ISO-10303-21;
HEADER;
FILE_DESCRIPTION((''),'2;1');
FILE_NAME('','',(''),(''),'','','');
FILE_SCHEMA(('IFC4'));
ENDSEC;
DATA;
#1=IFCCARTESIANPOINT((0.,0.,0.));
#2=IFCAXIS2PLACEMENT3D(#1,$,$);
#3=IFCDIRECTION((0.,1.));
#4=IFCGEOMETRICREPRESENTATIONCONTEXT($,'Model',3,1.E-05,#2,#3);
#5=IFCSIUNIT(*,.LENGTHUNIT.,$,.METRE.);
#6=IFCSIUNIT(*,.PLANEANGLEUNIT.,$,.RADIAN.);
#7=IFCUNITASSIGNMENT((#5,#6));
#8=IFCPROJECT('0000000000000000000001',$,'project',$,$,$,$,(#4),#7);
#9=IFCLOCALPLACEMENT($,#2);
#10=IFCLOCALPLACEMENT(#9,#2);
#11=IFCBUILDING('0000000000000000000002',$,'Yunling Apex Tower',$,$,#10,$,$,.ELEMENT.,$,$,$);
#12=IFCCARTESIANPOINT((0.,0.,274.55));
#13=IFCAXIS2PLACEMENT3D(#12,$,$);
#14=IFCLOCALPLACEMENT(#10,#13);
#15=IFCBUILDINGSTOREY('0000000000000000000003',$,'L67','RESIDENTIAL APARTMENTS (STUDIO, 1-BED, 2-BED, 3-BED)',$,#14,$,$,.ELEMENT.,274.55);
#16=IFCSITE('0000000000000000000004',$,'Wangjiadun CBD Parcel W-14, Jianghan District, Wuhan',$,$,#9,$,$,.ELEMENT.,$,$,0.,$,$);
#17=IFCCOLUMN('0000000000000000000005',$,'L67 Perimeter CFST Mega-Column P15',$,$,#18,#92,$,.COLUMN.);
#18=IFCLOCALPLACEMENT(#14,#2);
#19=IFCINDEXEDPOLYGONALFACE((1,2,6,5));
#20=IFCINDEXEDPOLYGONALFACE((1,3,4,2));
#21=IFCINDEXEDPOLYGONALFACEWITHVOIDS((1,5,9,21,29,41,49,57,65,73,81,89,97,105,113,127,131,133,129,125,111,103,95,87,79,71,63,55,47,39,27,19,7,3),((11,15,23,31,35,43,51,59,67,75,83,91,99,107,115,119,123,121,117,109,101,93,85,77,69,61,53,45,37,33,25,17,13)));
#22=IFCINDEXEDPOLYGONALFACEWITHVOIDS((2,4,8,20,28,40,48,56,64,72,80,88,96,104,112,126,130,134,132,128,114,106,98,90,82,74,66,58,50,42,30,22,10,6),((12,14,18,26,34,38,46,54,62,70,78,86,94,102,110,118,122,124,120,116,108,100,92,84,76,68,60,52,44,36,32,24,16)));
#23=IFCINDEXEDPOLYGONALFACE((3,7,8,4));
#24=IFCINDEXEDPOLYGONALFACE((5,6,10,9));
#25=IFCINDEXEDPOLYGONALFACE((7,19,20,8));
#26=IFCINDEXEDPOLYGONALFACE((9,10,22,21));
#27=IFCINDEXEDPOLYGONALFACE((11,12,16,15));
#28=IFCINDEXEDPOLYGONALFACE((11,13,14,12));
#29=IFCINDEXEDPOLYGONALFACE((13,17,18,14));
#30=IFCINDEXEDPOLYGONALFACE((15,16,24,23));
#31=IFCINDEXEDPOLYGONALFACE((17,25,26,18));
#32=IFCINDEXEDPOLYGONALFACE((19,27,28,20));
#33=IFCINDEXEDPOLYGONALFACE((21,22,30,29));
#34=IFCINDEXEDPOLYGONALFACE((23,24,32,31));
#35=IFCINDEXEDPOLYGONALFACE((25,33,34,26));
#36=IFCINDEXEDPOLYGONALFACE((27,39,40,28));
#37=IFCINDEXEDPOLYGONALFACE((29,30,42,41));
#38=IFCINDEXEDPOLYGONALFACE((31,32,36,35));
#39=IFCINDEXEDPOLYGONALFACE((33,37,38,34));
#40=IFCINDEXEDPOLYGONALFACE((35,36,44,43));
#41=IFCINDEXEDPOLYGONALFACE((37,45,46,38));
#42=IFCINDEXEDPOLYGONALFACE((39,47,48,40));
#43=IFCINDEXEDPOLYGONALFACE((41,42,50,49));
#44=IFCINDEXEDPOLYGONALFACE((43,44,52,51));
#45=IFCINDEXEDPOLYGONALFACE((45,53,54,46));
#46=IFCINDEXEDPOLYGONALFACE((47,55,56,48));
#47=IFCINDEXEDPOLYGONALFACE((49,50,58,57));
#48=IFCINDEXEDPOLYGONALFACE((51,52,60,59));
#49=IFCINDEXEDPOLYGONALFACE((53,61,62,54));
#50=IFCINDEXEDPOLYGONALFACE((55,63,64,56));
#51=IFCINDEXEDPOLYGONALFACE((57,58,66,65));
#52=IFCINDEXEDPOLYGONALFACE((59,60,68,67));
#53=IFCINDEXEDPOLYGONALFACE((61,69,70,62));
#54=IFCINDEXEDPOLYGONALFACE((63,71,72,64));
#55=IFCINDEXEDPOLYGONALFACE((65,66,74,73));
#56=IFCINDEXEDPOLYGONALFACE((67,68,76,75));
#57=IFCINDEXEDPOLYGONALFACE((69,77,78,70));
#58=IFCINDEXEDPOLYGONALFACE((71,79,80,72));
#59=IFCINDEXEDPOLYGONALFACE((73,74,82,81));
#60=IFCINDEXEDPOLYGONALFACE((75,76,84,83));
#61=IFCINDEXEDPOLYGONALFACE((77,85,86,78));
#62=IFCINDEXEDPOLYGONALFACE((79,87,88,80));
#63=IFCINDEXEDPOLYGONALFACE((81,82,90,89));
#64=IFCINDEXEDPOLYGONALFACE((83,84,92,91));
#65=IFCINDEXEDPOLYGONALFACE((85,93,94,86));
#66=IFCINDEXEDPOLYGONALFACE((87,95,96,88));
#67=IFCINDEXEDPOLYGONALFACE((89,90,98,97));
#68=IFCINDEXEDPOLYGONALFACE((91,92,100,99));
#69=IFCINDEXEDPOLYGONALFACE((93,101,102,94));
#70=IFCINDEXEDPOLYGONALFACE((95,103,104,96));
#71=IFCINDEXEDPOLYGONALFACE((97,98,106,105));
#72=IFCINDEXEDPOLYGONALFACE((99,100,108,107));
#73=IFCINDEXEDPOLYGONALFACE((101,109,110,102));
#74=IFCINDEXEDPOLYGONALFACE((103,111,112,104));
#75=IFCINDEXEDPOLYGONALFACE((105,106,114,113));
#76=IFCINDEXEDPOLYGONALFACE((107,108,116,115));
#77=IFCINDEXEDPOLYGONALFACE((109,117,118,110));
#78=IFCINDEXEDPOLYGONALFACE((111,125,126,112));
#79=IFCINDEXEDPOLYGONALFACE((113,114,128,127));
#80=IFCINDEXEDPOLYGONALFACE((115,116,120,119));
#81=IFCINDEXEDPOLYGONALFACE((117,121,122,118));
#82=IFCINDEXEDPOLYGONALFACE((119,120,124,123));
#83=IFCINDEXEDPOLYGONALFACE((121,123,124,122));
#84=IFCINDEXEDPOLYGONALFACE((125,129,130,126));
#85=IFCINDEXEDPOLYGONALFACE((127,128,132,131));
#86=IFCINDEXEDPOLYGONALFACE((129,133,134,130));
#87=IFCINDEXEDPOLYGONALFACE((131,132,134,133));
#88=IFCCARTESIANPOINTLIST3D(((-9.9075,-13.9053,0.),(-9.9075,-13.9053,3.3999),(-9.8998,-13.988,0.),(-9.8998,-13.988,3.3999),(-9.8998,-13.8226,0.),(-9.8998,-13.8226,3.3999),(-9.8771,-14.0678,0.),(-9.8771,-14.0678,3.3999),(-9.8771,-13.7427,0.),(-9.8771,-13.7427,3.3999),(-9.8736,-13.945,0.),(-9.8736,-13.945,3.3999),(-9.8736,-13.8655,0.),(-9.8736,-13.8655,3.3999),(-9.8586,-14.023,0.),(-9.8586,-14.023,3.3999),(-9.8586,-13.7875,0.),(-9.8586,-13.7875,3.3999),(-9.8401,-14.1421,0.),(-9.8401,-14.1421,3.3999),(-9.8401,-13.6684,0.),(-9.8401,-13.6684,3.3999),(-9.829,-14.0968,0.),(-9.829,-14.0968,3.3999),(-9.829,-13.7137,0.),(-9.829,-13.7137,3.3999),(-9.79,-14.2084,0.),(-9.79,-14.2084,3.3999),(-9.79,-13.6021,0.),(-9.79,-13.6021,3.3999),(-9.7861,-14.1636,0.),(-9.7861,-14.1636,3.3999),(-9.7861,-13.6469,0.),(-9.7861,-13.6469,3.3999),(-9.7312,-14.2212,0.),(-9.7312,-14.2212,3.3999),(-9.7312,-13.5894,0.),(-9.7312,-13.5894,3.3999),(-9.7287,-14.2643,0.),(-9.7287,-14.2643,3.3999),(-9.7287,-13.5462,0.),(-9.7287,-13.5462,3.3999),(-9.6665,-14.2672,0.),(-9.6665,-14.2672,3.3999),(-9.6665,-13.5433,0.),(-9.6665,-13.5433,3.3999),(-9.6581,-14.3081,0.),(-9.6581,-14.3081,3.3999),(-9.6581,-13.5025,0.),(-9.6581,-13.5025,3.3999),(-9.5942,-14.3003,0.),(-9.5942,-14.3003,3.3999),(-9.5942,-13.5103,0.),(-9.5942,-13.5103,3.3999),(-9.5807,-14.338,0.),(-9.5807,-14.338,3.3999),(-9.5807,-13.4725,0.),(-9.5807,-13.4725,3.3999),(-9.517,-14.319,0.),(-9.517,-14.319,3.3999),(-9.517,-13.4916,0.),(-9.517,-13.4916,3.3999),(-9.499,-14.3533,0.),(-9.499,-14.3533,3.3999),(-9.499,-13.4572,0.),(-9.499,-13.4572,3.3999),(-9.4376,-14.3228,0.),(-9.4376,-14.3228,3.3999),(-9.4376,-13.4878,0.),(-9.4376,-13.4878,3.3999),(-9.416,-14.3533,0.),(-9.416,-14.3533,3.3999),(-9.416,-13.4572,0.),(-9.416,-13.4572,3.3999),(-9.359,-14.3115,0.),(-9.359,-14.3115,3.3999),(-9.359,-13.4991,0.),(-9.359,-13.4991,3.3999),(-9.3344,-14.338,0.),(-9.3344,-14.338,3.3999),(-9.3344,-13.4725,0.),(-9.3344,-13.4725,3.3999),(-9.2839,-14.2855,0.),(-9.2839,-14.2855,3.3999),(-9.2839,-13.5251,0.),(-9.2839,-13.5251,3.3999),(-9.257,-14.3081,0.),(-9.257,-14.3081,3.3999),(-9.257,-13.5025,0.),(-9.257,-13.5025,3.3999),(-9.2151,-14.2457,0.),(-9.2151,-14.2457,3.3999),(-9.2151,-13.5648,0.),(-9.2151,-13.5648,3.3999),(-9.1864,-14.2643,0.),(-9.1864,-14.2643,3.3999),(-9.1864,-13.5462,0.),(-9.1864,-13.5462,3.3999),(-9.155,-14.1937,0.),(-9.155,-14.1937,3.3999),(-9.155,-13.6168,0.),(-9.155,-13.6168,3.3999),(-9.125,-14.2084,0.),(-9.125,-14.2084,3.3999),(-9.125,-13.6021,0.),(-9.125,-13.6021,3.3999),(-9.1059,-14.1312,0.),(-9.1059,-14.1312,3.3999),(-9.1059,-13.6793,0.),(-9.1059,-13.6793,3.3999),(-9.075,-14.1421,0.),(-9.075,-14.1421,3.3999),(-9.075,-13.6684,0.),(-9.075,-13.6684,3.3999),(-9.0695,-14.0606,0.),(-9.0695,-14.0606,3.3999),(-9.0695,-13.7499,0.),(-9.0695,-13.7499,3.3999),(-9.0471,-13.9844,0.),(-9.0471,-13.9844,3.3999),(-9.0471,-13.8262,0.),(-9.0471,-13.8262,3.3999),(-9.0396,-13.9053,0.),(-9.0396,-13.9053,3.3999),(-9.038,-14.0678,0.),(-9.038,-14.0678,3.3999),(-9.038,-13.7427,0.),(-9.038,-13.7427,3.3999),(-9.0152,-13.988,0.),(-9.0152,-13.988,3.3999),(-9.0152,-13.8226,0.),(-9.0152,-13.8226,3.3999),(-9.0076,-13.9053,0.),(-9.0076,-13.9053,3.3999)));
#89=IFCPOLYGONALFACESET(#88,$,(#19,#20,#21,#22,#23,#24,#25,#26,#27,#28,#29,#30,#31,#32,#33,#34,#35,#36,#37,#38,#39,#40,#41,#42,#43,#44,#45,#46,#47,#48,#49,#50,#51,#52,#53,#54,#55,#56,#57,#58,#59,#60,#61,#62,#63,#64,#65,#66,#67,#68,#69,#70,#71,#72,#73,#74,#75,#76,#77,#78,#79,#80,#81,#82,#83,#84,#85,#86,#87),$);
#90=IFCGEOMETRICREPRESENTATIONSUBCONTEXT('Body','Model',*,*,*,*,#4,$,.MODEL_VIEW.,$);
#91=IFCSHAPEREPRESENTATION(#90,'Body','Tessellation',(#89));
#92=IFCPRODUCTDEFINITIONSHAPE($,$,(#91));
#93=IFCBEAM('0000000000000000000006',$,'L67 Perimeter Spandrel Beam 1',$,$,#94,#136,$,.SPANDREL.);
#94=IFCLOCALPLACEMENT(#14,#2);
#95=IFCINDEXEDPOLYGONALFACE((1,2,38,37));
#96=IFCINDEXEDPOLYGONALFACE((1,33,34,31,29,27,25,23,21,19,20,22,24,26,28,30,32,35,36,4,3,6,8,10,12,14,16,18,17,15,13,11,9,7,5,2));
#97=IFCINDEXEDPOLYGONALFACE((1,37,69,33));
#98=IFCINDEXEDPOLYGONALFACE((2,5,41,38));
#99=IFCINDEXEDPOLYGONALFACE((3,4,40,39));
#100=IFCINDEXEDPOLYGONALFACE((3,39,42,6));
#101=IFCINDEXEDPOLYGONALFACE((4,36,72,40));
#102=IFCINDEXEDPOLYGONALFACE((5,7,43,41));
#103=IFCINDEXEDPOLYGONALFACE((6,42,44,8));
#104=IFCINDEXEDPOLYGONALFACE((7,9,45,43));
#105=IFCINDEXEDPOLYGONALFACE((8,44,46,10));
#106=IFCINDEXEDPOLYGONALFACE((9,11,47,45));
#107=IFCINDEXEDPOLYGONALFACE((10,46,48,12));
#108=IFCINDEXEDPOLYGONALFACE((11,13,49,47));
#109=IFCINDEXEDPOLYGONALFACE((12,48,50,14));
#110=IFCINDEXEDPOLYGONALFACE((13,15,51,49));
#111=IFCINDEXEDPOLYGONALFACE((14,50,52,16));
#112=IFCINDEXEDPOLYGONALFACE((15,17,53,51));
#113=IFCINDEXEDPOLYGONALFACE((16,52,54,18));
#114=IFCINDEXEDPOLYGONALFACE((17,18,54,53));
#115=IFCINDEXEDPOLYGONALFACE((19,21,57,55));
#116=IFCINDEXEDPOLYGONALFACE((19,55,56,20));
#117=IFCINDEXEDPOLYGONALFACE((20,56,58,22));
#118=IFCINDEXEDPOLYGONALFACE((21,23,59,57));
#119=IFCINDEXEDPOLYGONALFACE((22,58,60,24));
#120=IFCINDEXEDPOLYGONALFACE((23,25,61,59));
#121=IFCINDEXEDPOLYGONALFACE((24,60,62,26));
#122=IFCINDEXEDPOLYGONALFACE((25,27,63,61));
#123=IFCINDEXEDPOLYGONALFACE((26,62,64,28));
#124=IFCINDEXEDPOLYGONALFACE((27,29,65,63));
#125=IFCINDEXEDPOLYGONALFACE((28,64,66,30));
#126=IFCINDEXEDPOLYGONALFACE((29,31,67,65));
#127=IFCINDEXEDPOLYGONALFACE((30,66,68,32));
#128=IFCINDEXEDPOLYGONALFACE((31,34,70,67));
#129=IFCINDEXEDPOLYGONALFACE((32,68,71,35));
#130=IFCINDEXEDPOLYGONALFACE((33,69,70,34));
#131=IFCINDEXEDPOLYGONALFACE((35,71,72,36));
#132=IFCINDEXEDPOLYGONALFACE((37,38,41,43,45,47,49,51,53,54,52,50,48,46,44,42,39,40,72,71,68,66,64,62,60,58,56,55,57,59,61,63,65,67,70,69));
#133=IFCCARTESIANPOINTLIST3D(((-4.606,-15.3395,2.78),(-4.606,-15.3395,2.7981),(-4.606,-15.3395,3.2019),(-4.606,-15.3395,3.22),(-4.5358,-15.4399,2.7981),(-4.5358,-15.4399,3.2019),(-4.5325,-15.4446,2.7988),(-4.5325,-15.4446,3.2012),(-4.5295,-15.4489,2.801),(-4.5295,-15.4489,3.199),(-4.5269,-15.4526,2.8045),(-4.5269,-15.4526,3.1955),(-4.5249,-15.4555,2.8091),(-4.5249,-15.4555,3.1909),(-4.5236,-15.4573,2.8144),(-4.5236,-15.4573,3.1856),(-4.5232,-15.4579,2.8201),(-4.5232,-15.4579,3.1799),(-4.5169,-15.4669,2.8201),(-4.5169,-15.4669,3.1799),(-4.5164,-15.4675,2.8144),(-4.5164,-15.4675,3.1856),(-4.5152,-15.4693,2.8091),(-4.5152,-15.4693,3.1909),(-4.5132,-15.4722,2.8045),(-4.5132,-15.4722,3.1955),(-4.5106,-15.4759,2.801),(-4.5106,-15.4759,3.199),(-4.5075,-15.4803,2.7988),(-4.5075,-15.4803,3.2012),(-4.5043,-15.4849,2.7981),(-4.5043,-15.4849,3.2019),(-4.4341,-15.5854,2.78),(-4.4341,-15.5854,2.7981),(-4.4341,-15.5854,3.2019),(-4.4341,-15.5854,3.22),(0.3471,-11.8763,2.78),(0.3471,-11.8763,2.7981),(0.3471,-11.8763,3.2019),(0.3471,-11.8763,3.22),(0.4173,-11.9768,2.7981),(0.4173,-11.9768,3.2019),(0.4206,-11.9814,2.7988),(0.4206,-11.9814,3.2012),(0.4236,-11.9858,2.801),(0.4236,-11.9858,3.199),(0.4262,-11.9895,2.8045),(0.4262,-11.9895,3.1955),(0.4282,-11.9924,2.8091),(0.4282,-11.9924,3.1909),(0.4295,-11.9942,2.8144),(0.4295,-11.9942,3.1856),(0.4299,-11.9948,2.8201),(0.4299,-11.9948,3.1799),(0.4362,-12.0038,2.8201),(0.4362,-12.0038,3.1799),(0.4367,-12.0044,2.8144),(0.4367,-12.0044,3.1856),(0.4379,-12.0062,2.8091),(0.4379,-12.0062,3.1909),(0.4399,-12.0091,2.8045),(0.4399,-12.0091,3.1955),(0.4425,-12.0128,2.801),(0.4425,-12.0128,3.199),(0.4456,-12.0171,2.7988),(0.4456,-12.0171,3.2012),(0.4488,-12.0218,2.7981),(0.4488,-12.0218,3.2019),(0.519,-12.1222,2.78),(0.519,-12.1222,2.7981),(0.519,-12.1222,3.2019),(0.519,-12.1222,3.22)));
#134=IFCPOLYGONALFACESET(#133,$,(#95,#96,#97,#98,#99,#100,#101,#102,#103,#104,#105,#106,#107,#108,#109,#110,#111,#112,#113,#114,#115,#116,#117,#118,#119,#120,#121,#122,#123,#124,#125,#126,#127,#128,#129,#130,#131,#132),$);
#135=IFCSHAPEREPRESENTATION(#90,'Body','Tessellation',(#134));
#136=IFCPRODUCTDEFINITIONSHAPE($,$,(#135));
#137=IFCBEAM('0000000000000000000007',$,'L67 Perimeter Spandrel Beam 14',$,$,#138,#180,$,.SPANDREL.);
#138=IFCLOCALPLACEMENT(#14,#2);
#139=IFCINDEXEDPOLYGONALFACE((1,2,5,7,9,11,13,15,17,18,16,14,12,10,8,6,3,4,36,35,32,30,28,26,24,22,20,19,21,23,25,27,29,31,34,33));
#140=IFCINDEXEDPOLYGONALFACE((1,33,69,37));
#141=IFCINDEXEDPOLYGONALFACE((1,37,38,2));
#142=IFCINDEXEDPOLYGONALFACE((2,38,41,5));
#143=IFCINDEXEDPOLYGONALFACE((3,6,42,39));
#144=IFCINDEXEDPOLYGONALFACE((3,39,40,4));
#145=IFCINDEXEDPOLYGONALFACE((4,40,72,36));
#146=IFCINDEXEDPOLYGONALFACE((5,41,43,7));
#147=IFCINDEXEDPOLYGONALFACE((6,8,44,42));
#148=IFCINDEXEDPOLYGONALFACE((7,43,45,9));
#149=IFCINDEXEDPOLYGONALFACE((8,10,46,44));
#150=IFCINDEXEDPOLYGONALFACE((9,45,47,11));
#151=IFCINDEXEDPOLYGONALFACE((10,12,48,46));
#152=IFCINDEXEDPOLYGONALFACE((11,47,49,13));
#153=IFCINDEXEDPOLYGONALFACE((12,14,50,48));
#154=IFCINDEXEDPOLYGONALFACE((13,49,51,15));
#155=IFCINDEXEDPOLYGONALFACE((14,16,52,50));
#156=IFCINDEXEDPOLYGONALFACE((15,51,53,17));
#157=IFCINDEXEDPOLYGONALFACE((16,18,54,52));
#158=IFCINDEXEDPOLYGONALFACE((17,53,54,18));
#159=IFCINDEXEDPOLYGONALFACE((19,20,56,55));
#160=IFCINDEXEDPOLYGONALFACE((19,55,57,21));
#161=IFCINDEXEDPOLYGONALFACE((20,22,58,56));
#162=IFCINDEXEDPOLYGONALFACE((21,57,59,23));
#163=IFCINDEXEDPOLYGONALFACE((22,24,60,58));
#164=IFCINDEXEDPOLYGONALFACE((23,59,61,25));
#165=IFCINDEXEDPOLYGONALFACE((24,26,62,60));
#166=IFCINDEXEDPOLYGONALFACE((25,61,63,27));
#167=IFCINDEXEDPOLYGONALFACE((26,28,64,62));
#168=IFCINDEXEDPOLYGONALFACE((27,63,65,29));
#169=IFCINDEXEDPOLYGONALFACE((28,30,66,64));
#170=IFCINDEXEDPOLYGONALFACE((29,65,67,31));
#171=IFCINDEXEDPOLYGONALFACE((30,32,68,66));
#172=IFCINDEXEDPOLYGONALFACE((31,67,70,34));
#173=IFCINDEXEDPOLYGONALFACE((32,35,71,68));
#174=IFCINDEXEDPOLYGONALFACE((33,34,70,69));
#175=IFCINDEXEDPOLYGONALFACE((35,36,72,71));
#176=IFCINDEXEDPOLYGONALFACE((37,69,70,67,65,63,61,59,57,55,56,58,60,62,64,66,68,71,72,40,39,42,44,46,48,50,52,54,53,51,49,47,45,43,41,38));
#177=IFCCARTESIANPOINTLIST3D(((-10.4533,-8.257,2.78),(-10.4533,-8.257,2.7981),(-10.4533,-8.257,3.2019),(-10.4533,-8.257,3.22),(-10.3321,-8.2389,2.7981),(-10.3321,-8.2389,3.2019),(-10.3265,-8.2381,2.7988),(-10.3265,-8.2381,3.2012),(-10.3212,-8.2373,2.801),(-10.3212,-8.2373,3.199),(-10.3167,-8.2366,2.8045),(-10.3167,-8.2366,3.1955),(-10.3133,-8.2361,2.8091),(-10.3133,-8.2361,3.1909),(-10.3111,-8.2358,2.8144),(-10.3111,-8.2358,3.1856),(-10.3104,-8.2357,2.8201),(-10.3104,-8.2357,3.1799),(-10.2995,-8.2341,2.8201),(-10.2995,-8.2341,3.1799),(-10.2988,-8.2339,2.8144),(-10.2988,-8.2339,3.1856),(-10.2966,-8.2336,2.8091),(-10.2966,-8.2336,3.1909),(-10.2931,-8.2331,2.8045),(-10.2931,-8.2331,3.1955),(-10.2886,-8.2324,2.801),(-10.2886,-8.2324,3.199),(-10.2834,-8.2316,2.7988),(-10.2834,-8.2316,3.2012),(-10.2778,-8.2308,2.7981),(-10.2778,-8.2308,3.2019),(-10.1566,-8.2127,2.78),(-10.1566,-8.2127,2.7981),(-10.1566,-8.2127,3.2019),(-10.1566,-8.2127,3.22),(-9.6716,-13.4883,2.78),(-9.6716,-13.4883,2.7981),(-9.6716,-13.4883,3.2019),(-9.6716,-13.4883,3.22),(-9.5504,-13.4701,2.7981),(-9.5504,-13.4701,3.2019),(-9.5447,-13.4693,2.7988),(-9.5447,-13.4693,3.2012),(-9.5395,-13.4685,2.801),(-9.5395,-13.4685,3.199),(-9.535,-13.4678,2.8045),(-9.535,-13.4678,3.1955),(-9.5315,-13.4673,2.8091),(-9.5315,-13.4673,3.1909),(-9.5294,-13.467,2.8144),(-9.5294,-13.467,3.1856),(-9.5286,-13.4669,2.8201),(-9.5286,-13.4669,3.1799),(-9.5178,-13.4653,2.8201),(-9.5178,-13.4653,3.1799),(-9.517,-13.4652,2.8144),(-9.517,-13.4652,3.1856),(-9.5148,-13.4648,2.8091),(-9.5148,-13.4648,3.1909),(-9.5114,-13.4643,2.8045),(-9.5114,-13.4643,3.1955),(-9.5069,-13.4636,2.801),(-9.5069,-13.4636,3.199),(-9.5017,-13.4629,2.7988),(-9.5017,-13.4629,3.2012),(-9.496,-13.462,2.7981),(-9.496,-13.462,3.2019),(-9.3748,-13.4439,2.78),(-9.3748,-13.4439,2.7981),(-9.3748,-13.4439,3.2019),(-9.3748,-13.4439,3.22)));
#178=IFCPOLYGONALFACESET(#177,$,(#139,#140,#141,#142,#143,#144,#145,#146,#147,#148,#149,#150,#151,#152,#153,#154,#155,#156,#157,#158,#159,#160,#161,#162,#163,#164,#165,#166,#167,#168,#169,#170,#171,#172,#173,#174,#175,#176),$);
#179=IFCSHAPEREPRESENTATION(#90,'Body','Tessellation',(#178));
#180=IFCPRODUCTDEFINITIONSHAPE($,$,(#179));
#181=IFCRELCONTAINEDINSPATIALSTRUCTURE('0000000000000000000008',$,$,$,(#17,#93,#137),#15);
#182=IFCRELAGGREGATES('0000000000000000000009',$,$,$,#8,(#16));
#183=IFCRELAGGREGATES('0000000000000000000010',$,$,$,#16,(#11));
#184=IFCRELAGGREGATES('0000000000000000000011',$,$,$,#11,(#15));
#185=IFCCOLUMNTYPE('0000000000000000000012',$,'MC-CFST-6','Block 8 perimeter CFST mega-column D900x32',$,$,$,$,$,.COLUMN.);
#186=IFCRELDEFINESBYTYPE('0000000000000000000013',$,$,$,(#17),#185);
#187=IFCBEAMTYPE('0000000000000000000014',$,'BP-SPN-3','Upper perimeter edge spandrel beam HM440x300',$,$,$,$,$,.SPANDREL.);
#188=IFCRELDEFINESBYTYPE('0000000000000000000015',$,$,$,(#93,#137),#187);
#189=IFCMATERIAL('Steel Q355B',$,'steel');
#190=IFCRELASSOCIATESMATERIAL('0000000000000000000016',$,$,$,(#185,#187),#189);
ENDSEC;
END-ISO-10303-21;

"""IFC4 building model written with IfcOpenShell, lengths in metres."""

from ifc_helpers import new_model, si_unit, direction, frame, origin, origin_2d, place, context, subcontext, project, spatial, hollow_circle, i_section, extrude, source, transform, mapped, material, material_profile, profile_set, type_object, element, save


model = new_model("IFC4")

# Units and contexts
model_context = context("Model", 3, precision=1e-05, world=origin(), true_north=direction((0.0, 1.0)))
body_context = subcontext(model_context, "Body", "Model", "MODEL_VIEW")
ifc_project = project(units=[si_unit("LENGTHUNIT", "METRE"), si_unit("PLANEANGLEUNIT", "RADIAN")], contexts=[model_context])

# Site, building, storey
site_placement = place(None, origin())
site = spatial("IfcSite", under=ifc_project, at=site_placement, Name="Wangjiadun CBD Parcel W-14, Jianghan District, Wuhan", CompositionType="ELEMENT", RefElevation=0.0)
building_placement = place(site_placement, origin())
building = spatial("IfcBuilding", under=site, at=building_placement, Name="Yunling Apex Tower", CompositionType="ELEMENT")
storey_placement = place(building_placement, frame((0.0, 0.0, 274.55)))
storey = spatial("IfcBuildingStorey", under=building, at=storey_placement, Name="L67", Description="RESIDENTIAL APARTMENTS (STUDIO, 1-BED, 2-BED, 3-BED)", CompositionType="ELEMENT", Elevation=274.55)

# Column
ifc_material_1 = material(Name="Steel Q355B", Category="steel")
ifc_material_profile_1 = material_profile(ifc_material_1, hollow_circle(Radius=0.45, WallThickness=0.032, at=origin_2d()))
ifc_profile_set_1 = profile_set([ifc_material_profile_1], Name="Steel Q355B")
column_type = type_object("IfcColumnType", Name="MC-CFST-6", Description="Block 8 perimeter CFST mega-column D900x32", PredefinedType="COLUMN", material=ifc_profile_set_1)
shared_shape_1 = source(origin(), body_context, "Body", "SweptSolid", [
    extrude(hollow_circle(Radius=0.45, WallThickness=0.032, at=origin_2d()), origin(), (0.0, 0.0, 1.0), 3.3999),
])
for number, where, z_axis, x_axis, name in (
    (1, (-9.4575, -13.9053, 0.0), (0.0, 0.0, 1.0), (1.0, 0.0, 0.0), "L67 Perimeter CFST Mega-Column P15"),
):
    element("IfcColumn", number, at=place(storey_placement, frame(where, z_axis=z_axis, x_axis=x_axis)), inside=storey, type_object=column_type, Name=name, PredefinedType="COLUMN", context=body_context, shape_type="MappedRepresentation", body=[
        mapped(shared_shape_1, transform((0.0, 0.0, 0.0), scale=1.0)),
    ])

# Beams
ifc_material_profile_2 = material_profile(ifc_material_1, i_section(OverallWidth=0.3, OverallDepth=0.4399, WebThickness=0.011, FlangeThickness=0.0181, FilletRadius=0.022, at=origin_2d()))
ifc_profile_set_2 = profile_set([ifc_material_profile_2], Name="Steel Q355B")
beam_type_1 = type_object("IfcBeamType", Name="BP-SPN-3", Description="Upper perimeter edge spandrel beam HM440x300", PredefinedType="SPANDREL", material=ifc_profile_set_2)
shared_shape_2 = source(origin(), body_context, "Body", "SweptSolid", [
    extrude(i_section(OverallWidth=0.3, OverallDepth=0.4399, WebThickness=0.011, FlangeThickness=0.0181, FilletRadius=0.022, at=origin_2d()), origin(), (0.0, 0.0, 1.0), 6.0437),
])
beam_1_placement = place(storey_placement, frame((-4.52, -15.4624, 3.0), z_axis=(0.819547, 0.573012, 0.0), x_axis=(-0.573012, 0.819547, 0.0)))
element("IfcBeam", 2, at=beam_1_placement, inside=storey, type_object=beam_type_1, Name="L67 Perimeter Spandrel Beam 1", PredefinedType="SPANDREL", context=body_context, shape_type="MappedRepresentation", body=[
    mapped(shared_shape_2, transform((0.0, 0.0, 0.0), scale=1.0)),
])
shared_shape_3 = source(origin(), body_context, "Body", "SweptSolid", [
    extrude(i_section(OverallWidth=0.3, OverallDepth=0.4399, WebThickness=0.011, FlangeThickness=0.0181, FilletRadius=0.022, at=origin_2d()), origin(), (0.0, 0.0, 1.0), 5.2893),
])
beam_2_placement = place(storey_placement, frame((-10.3049, -8.2349, 3.0), z_axis=(0.147796, -0.989018, 0.0), x_axis=(0.989018, 0.147796, 0.0)))
element("IfcBeam", 3, at=beam_2_placement, inside=storey, type_object=beam_type_1, Name="L67 Perimeter Spandrel Beam 14", PredefinedType="SPANDREL", context=body_context, shape_type="MappedRepresentation", body=[
    mapped(shared_shape_3, transform((0.0, 0.0, 0.0), scale=1.0)),
])

save(model, "model.ifc")
